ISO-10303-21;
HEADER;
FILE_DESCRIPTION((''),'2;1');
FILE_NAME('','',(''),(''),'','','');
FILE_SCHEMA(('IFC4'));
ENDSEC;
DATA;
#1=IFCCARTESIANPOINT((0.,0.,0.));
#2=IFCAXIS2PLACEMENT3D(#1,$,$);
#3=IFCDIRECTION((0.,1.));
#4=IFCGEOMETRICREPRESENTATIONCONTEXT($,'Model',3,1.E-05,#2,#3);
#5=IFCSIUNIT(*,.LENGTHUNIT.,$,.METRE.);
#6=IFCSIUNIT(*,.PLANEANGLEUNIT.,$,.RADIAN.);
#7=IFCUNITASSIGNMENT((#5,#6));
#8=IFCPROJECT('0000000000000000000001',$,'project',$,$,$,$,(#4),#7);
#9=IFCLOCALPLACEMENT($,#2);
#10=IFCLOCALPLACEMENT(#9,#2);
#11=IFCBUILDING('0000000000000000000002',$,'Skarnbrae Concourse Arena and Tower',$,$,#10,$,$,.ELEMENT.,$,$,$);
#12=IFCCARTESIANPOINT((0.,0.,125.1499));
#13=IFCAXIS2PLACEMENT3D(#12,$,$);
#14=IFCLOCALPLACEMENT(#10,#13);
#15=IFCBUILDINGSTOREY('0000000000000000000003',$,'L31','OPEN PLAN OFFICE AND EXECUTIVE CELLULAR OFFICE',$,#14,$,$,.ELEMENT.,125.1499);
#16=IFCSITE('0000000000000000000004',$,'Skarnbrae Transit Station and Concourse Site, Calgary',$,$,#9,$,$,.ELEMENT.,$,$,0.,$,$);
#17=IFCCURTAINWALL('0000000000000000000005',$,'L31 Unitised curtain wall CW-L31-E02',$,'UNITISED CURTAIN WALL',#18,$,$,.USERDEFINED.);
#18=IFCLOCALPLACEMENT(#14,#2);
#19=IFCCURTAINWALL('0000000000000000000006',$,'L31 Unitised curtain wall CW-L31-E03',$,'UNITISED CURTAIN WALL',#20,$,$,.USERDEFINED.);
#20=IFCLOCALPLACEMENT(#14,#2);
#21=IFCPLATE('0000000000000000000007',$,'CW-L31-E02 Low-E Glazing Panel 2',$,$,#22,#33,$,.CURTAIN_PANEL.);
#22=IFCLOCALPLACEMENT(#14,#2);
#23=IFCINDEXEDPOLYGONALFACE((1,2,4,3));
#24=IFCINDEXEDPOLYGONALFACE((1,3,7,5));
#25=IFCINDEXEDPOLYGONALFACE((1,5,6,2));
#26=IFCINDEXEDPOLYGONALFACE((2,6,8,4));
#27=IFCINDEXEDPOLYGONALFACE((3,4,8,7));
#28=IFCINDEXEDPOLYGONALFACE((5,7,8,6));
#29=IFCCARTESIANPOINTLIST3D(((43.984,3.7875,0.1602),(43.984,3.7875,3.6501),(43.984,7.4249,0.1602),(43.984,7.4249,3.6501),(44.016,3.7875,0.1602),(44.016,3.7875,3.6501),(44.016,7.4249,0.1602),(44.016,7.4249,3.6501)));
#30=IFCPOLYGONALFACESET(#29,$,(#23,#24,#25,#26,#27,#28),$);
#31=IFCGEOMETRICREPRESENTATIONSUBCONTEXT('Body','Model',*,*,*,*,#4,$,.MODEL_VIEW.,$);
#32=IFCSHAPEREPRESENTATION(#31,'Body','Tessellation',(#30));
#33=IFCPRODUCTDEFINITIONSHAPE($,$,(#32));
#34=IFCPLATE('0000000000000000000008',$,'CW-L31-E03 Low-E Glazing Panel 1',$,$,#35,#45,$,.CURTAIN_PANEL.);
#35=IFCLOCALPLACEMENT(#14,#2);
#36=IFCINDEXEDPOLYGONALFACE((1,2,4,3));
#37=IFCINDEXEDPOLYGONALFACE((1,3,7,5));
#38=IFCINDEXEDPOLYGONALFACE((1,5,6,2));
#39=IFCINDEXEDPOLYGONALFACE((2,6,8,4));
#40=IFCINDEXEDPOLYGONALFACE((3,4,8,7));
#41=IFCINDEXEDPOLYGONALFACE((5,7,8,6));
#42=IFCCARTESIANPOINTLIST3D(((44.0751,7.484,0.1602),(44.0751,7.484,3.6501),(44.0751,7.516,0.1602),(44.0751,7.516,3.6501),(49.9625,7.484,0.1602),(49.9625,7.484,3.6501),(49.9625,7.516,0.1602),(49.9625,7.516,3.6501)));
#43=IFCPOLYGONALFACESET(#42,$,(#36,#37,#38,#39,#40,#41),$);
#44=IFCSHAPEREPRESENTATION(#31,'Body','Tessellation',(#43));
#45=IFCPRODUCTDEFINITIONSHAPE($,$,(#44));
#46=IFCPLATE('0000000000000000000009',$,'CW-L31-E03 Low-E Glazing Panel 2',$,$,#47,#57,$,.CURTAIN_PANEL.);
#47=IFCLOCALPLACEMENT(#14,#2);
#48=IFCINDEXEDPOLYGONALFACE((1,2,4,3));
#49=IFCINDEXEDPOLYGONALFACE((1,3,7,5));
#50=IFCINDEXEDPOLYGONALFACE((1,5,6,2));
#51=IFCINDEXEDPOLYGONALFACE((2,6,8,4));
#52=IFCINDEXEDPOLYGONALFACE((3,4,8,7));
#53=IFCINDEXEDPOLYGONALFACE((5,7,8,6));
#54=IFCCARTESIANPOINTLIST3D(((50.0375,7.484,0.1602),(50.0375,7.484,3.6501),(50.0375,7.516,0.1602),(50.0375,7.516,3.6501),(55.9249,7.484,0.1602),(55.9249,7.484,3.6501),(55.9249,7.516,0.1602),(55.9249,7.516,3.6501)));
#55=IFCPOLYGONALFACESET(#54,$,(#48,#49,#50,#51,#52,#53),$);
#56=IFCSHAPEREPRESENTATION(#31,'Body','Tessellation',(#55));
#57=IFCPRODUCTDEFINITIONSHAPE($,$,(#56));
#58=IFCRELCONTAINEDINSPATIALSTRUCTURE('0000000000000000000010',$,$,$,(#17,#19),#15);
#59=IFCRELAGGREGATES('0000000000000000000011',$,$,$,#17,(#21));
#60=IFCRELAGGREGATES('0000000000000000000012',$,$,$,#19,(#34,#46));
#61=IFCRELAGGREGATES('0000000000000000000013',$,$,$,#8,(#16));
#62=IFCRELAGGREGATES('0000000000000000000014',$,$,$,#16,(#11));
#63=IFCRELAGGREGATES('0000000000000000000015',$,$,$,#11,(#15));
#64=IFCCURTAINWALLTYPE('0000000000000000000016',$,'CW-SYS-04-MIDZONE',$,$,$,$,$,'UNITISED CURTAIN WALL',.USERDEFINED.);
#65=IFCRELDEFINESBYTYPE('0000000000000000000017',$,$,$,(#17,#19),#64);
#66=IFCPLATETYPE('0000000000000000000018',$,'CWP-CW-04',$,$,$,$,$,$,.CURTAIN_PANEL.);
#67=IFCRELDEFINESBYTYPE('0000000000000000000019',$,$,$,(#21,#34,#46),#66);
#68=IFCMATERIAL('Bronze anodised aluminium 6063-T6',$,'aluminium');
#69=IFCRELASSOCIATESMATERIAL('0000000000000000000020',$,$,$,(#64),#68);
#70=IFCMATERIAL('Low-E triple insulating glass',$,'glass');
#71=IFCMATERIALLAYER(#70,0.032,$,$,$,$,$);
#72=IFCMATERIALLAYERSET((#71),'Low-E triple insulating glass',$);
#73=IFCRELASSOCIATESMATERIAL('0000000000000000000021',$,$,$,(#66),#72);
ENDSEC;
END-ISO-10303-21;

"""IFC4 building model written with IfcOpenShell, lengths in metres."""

from ifc_helpers import new_model, si_unit, direction, frame, origin, origin_2d, place, context, subcontext, project, spatial, rectangle, extrude, source, transform, mapped, material, layer, layer_set, type_object, element, aggregate, save


model = new_model("IFC4")

# Units and contexts
model_context = context("Model", 3, precision=1e-05, world=origin(), true_north=direction((0.0, 1.0)))
body_context = subcontext(model_context, "Body", "Model", "MODEL_VIEW")
ifc_project = project(units=[si_unit("LENGTHUNIT", "METRE"), si_unit("PLANEANGLEUNIT", "RADIAN")], contexts=[model_context])

# Site, building, storey
site_placement = place(None, origin())
site = spatial("IfcSite", under=ifc_project, at=site_placement, Name="Skarnbrae Transit Station and Concourse Site, Calgary", CompositionType="ELEMENT", RefElevation=0.0)
building_placement = place(site_placement, origin())
building = spatial("IfcBuilding", under=site, at=building_placement, Name="Skarnbrae Concourse Arena and Tower", CompositionType="ELEMENT")
storey_placement = place(building_placement, frame((0.0, 0.0, 125.1499)))
storey = spatial("IfcBuildingStorey", under=building, at=storey_placement, Name="L31", Description="OPEN PLAN OFFICE AND EXECUTIVE CELLULAR OFFICE", CompositionType="ELEMENT", Elevation=125.1499)

# Shared definitions
ifc_material_1 = material(Name="Bronze anodised aluminium 6063-T6", Category="aluminium")
curtain_wall_type = type_object("IfcCurtainWallType", Name="CW-SYS-04-MIDZONE", ElementType="UNITISED CURTAIN WALL", PredefinedType="USERDEFINED", material=ifc_material_1)

# Curtain walls
curtain_wall_1_placement = place(storey_placement, origin())
curtain_wall_1 = element("IfcCurtainWall", 1, at=curtain_wall_1_placement, inside=storey, type_object=curtain_wall_type, Name="L31 Unitised curtain wall CW-L31-E02", ObjectType="UNITISED CURTAIN WALL", PredefinedType="USERDEFINED")
curtain_wall_2_placement = place(storey_placement, origin())
curtain_wall_2 = element("IfcCurtainWall", 2, at=curtain_wall_2_placement, inside=storey, type_object=curtain_wall_type, Name="L31 Unitised curtain wall CW-L31-E03", ObjectType="UNITISED CURTAIN WALL", PredefinedType="USERDEFINED")

# Plates
ifc_material_2 = material(Name="Low-E triple insulating glass", Category="glass")
ifc_layer = layer(ifc_material_2, 0.032)
ifc_layer_set = layer_set([ifc_layer], Name="Low-E triple insulating glass")
plate_type = type_object("IfcPlateType", Name="CWP-CW-04", PredefinedType="CURTAIN_PANEL", material=ifc_layer_set)
shared_shape_1 = source(origin(), body_context, "Body", "SweptSolid", [
    extrude(rectangle(XDim=3.6375, YDim=0.032, at=origin_2d()), origin(), (0.0, 0.0, 1.0), 3.49),
])
plate_1_placement = place(storey_placement, frame((44.0, 5.6062, 0.1602), z_axis=(0.0, 0.0, 1.0), x_axis=(0.0, 1.0, 0.0)))
plate_1 = element("IfcPlate", 3, at=plate_1_placement, type_object=plate_type, Name="CW-L31-E02 Low-E Glazing Panel 2", PredefinedType="CURTAIN_PANEL", context=body_context, shape_type="MappedRepresentation", body=[
    mapped(shared_shape_1, transform((0.0, 0.0, 0.0))),
])
aggregate(curtain_wall_1, [plate_1])
shared_shape_2 = source(origin(), body_context, "Body", "SweptSolid", [
    extrude(rectangle(XDim=5.8875, YDim=0.032, at=origin_2d()), origin(), (0.0, 0.0, 1.0), 3.49),
])
plate_2_placement = place(storey_placement, frame((47.0188, 7.5, 0.1602), z_axis=(0.0, 0.0, 1.0), x_axis=(1.0, 0.0, 0.0)))
plate_2 = element("IfcPlate", 4, at=plate_2_placement, type_object=plate_type, Name="CW-L31-E03 Low-E Glazing Panel 1", PredefinedType="CURTAIN_PANEL", context=body_context, shape_type="MappedRepresentation", body=[
    mapped(shared_shape_2, transform((0.0, 0.0, 0.0))),
])
plate_3_placement = place(storey_placement, frame((52.9812, 7.5, 0.1602), z_axis=(0.0, 0.0, 1.0), x_axis=(1.0, 0.0, 0.0)))
plate_3 = element("IfcPlate", 5, at=plate_3_placement, type_object=plate_type, Name="CW-L31-E03 Low-E Glazing Panel 2", PredefinedType="CURTAIN_PANEL", context=body_context, shape_type="MappedRepresentation", body=[
    mapped(shared_shape_2, transform((0.0, 0.0, 0.0))),
])
aggregate(curtain_wall_2, [plate_2, plate_3])

save(model, "model.ifc")
